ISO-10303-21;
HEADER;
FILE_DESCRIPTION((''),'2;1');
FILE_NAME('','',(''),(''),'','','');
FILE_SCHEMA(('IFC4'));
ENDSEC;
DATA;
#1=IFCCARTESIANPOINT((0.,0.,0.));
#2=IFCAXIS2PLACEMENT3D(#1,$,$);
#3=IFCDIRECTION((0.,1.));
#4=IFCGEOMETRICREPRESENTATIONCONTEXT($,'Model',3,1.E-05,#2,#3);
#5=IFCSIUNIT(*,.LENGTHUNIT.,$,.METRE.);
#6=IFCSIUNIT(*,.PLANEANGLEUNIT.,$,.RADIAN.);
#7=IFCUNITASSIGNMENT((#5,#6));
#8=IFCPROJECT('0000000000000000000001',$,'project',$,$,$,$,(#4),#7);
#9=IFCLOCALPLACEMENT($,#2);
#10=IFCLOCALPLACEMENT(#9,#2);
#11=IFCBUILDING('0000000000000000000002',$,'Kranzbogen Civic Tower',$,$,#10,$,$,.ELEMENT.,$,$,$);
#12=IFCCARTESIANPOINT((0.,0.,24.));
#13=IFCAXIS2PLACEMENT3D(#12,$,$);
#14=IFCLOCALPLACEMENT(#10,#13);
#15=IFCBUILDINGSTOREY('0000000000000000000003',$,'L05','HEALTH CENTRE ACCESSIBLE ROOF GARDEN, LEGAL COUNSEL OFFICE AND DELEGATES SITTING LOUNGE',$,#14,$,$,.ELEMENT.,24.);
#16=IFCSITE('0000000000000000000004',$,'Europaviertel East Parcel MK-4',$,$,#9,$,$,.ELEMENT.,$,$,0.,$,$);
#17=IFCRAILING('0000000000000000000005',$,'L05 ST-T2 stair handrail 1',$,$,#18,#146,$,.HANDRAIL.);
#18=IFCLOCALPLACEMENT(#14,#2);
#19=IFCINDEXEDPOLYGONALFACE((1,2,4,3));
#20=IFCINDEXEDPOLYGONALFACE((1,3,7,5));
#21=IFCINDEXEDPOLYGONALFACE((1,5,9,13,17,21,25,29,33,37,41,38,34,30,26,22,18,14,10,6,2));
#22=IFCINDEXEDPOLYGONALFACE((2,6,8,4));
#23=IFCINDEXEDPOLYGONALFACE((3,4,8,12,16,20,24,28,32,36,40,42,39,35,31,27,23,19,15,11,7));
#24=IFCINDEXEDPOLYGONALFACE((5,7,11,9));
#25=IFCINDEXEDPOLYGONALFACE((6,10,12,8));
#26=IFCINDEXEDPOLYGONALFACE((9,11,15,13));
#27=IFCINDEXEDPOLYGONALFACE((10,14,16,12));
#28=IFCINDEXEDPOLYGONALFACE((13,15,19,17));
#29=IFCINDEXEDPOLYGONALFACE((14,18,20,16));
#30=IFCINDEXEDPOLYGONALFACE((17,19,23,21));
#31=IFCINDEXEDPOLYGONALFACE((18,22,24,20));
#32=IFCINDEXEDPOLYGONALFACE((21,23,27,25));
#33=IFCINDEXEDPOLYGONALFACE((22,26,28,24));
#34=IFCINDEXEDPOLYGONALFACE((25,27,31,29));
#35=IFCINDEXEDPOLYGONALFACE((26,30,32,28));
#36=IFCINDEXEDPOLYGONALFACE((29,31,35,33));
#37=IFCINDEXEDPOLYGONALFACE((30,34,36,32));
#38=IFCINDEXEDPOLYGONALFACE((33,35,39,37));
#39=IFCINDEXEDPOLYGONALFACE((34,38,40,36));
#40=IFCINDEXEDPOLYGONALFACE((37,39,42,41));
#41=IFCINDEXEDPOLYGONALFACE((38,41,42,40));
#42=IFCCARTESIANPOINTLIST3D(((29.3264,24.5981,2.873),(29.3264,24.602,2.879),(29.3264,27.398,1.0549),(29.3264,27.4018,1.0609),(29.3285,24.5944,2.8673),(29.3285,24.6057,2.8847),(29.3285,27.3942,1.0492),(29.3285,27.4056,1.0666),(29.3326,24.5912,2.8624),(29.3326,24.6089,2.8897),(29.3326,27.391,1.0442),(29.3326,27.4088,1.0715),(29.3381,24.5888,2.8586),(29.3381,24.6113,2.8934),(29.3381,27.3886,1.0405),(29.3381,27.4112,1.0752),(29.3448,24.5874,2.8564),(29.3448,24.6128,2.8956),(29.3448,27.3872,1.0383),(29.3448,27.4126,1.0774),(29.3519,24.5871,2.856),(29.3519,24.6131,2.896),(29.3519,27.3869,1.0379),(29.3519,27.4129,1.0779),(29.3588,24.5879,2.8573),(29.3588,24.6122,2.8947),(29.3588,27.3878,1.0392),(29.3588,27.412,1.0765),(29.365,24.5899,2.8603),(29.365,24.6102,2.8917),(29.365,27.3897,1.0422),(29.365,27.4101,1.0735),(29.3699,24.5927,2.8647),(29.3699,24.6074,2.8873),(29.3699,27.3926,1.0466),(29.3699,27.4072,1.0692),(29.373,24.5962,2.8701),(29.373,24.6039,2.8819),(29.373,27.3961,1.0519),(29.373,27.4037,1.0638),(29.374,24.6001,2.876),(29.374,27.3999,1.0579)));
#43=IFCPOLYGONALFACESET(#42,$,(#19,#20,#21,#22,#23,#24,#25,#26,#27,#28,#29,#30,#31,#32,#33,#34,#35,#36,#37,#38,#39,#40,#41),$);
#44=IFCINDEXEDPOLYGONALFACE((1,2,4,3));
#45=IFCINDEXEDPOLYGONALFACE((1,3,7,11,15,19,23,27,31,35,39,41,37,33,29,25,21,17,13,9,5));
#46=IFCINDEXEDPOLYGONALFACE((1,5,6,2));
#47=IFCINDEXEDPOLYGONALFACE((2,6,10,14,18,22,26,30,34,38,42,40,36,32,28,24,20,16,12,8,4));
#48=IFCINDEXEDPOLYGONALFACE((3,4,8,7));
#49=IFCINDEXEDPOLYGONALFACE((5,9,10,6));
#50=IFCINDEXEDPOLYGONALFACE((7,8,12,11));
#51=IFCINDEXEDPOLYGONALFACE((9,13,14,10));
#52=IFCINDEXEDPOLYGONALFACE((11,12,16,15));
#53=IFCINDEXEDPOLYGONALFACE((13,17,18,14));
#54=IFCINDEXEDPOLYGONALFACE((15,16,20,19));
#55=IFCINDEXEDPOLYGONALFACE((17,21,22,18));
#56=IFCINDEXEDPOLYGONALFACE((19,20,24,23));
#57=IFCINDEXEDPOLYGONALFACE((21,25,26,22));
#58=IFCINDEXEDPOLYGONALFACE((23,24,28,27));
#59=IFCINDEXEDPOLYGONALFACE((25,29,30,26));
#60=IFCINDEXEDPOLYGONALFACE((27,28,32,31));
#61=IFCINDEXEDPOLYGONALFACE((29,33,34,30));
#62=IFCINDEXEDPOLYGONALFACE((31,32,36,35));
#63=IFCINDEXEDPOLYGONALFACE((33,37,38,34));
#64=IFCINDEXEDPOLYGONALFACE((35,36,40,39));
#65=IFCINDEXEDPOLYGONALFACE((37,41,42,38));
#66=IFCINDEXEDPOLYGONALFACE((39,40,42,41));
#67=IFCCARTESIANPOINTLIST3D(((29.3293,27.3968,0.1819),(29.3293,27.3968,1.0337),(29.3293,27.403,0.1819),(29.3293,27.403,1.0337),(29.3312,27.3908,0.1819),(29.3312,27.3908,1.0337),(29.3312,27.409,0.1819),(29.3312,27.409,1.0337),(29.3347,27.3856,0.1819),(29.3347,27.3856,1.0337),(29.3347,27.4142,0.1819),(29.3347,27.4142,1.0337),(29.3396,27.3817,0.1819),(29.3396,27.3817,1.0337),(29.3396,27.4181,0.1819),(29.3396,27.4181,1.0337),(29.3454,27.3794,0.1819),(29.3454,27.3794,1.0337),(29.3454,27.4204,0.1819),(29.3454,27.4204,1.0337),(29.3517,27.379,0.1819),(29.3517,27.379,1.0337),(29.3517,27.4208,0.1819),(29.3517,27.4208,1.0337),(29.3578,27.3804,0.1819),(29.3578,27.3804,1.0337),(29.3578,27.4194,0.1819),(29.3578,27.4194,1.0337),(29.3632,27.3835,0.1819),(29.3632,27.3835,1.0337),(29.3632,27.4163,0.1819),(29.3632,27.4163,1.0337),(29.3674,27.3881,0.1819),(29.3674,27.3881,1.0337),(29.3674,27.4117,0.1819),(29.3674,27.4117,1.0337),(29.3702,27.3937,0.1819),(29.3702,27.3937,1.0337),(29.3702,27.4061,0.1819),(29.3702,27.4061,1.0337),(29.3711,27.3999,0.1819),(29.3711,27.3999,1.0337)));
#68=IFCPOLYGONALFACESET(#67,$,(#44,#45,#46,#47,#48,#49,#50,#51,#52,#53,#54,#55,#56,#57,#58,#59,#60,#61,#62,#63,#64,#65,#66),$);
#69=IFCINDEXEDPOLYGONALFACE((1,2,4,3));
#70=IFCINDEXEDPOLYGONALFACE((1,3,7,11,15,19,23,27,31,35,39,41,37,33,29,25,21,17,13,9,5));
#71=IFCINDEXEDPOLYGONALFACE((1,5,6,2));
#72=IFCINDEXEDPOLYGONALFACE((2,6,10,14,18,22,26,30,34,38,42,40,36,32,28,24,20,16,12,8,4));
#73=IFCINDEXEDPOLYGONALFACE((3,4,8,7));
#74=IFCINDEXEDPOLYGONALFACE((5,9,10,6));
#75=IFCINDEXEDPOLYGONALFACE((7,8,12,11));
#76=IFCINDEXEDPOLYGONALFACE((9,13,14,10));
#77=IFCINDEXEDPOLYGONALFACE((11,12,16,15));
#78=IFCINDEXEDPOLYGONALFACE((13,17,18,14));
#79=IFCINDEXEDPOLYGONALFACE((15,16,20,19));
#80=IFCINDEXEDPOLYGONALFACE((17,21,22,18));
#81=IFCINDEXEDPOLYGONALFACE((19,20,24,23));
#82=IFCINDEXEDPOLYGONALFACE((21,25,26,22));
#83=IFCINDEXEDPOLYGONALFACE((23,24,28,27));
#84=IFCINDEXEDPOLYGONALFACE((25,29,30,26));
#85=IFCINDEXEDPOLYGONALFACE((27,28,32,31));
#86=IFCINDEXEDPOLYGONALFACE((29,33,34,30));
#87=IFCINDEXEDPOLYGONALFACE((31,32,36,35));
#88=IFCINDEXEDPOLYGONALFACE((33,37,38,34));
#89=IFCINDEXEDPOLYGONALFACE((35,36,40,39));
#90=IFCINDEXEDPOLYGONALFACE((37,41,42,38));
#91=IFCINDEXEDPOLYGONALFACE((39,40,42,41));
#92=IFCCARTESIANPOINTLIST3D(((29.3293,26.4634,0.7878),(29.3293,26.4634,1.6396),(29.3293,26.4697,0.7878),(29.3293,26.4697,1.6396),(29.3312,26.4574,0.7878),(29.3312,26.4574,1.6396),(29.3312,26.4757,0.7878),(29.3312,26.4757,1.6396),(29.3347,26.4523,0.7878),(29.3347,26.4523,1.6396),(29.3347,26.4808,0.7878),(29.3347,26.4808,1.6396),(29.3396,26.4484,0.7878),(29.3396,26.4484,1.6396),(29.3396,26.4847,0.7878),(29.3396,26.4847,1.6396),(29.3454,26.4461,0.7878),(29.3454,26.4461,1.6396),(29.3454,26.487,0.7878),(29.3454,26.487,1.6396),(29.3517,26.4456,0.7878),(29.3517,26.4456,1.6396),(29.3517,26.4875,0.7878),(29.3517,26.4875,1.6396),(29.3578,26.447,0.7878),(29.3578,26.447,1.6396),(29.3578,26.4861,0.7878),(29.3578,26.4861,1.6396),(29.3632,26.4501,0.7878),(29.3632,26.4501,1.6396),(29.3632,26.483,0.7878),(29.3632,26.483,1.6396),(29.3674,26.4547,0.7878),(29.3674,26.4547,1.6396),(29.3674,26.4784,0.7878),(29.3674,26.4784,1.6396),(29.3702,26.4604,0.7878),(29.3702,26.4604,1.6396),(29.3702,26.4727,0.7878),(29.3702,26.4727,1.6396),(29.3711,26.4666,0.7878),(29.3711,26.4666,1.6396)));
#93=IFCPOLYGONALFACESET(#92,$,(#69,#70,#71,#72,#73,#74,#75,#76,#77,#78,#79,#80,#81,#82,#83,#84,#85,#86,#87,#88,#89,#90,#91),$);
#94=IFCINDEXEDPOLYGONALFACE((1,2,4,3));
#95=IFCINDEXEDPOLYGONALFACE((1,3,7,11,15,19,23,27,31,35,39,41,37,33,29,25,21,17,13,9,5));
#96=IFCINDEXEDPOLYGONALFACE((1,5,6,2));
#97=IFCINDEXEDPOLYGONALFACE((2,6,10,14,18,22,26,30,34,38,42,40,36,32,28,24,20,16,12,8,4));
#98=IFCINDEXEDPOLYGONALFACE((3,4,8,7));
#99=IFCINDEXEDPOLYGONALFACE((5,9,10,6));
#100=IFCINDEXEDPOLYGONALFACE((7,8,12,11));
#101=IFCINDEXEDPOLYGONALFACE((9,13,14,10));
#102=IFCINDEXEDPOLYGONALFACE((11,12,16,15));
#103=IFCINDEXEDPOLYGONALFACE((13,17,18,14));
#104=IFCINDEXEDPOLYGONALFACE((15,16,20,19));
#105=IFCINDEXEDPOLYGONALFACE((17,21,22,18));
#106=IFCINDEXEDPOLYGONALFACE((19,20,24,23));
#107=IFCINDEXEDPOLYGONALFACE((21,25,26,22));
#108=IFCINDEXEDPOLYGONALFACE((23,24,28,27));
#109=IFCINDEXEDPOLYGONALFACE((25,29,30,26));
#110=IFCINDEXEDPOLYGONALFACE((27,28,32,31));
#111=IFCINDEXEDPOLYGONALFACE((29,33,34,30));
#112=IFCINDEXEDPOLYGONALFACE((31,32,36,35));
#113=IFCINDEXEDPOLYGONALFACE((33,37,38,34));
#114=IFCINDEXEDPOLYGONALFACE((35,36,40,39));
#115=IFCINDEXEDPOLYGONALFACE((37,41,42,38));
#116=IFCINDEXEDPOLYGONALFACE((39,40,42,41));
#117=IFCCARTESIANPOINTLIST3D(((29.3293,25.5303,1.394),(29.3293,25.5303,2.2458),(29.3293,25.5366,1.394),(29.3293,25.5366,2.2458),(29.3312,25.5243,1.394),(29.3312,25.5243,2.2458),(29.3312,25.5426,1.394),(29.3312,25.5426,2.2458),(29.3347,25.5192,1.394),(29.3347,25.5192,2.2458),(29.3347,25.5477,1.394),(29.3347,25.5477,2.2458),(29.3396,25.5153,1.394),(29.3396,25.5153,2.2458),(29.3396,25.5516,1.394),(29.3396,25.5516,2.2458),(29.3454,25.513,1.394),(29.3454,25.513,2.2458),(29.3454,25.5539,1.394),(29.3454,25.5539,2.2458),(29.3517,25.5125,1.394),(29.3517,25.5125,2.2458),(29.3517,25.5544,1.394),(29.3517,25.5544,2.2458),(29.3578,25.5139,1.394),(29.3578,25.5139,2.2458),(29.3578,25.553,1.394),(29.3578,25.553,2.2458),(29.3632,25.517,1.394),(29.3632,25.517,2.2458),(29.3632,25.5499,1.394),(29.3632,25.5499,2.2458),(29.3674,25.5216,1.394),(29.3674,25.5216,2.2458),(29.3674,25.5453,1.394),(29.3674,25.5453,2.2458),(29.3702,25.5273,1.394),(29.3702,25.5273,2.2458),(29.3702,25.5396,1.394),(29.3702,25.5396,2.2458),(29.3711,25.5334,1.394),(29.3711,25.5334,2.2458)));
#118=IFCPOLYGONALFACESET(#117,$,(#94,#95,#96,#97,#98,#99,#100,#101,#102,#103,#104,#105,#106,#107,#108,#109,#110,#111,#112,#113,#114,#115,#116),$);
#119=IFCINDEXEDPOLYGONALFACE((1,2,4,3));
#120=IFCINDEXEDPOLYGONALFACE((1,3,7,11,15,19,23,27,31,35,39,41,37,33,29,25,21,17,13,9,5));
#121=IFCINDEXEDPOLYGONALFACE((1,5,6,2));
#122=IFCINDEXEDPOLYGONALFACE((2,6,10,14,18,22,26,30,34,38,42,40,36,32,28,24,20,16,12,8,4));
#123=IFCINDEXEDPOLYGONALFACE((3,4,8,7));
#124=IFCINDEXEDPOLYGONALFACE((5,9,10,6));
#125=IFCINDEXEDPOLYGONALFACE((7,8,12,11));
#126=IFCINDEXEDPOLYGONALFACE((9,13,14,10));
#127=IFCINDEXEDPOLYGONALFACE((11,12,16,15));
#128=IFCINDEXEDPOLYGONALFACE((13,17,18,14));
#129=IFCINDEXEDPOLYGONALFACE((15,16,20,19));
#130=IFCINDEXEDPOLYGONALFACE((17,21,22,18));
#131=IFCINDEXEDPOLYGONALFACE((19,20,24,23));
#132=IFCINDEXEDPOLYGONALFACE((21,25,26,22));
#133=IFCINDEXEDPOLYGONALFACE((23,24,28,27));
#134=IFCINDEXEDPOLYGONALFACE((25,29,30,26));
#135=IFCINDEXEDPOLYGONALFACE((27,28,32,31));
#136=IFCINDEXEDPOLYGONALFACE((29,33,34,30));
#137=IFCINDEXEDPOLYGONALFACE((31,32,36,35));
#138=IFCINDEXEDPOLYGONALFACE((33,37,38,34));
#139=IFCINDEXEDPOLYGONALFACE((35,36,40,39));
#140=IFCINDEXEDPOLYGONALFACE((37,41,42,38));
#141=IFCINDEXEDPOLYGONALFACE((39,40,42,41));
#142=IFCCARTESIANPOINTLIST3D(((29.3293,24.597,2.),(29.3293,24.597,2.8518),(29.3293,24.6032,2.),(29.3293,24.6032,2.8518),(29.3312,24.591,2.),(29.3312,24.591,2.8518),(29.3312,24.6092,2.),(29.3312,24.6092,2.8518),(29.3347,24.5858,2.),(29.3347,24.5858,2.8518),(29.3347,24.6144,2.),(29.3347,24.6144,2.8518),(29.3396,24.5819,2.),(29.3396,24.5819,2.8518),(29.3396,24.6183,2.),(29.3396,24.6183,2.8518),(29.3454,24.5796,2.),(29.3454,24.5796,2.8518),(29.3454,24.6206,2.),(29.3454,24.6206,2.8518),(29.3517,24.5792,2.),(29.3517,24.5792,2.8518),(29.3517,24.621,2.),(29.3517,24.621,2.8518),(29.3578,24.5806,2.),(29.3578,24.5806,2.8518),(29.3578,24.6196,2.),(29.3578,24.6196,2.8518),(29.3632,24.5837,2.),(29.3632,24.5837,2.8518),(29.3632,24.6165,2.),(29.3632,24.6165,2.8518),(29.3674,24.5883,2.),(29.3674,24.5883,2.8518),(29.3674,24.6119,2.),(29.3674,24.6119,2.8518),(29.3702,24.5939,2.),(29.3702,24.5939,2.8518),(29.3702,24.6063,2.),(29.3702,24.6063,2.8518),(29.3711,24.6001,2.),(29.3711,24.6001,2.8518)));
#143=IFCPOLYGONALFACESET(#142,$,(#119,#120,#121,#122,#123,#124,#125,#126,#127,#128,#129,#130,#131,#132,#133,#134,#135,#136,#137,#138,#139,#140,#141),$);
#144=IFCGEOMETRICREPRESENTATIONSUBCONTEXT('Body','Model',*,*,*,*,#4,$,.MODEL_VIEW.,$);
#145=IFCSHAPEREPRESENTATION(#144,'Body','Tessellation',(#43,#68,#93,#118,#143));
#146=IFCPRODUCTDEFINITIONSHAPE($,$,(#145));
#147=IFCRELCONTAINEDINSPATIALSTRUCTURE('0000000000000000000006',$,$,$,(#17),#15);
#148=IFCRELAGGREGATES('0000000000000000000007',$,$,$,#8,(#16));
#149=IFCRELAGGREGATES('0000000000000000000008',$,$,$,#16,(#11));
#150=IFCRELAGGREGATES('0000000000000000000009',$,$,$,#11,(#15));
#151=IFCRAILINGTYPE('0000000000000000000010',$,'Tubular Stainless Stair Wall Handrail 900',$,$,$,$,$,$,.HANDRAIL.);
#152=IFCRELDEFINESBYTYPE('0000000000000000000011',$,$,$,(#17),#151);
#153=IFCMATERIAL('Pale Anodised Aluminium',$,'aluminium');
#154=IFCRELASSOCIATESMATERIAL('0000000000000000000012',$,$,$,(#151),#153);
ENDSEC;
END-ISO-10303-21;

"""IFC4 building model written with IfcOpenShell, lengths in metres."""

from ifc_helpers import new_model, si_unit, direction, frame, origin, origin_2d, place, context, subcontext, project, spatial, circle, extrude, material, type_object, element, save


model = new_model("IFC4")

# Units and contexts
model_context = context("Model", 3, precision=1e-05, world=origin(), true_north=direction((0.0, 1.0)))
body_context = subcontext(model_context, "Body", "Model", "MODEL_VIEW")
ifc_project = project(units=[si_unit("LENGTHUNIT", "METRE"), si_unit("PLANEANGLEUNIT", "RADIAN")], contexts=[model_context])

# Site, building, storey
site_placement = place(None, origin())
site = spatial("IfcSite", under=ifc_project, at=site_placement, Name="Europaviertel East Parcel MK-4", CompositionType="ELEMENT", RefElevation=0.0)
building_placement = place(site_placement, origin())
building = spatial("IfcBuilding", under=site, at=building_placement, Name="Kranzbogen Civic Tower", CompositionType="ELEMENT")
storey_placement = place(building_placement, frame((0.0, 0.0, 24.0)))
storey = spatial("IfcBuildingStorey", under=building, at=storey_placement, Name="L05", Description="HEALTH CENTRE ACCESSIBLE ROOF GARDEN, LEGAL COUNSEL OFFICE AND DELEGATES SITTING LOUNGE", CompositionType="ELEMENT", Elevation=24.0)

# Shared definitions
ifc_material_1 = material(Name="Pale Anodised Aluminium", Category="aluminium")

# Railing
railing_type_1 = type_object("IfcRailingType", Name="Tubular Stainless Stair Wall Handrail 900", PredefinedType="HANDRAIL", material=ifc_material_1)
railing_1_placement = place(storey_placement, frame((29.3501, 27.3999, 0.1819)))
element("IfcRailing", 1, at=railing_1_placement, inside=storey, type_object=railing_type_1, Name="L05 ST-T2 stair handrail 1", PredefinedType="HANDRAIL", context=body_context, shape_type="SweptSolid", body=[
    extrude(circle(Radius=0.0239, at=origin_2d()), frame((0.0, 0.0, 0.876), z_axis=(0.0, -0.838684, 0.544618), x_axis=(1.0, 0.0, 0.0)), (0.0, 0.0, 1.0), 3.3384),
    extrude(circle(Radius=0.021, at=origin_2d()), origin(), (0.0, 0.0, 1.0), 0.8518),
    extrude(circle(Radius=0.021, at=origin_2d()), frame((0.0, -0.9333, 0.606)), (0.0, 0.0, 1.0), 0.8518),
    extrude(circle(Radius=0.021, at=origin_2d()), frame((0.0, -1.8665, 1.2122)), (0.0, 0.0, 1.0), 0.8518),
    extrude(circle(Radius=0.021, at=origin_2d()), frame((0.0, -2.7998, 1.8181)), (0.0, 0.0, 1.0), 0.8518),
])

save(model, "model.ifc")
